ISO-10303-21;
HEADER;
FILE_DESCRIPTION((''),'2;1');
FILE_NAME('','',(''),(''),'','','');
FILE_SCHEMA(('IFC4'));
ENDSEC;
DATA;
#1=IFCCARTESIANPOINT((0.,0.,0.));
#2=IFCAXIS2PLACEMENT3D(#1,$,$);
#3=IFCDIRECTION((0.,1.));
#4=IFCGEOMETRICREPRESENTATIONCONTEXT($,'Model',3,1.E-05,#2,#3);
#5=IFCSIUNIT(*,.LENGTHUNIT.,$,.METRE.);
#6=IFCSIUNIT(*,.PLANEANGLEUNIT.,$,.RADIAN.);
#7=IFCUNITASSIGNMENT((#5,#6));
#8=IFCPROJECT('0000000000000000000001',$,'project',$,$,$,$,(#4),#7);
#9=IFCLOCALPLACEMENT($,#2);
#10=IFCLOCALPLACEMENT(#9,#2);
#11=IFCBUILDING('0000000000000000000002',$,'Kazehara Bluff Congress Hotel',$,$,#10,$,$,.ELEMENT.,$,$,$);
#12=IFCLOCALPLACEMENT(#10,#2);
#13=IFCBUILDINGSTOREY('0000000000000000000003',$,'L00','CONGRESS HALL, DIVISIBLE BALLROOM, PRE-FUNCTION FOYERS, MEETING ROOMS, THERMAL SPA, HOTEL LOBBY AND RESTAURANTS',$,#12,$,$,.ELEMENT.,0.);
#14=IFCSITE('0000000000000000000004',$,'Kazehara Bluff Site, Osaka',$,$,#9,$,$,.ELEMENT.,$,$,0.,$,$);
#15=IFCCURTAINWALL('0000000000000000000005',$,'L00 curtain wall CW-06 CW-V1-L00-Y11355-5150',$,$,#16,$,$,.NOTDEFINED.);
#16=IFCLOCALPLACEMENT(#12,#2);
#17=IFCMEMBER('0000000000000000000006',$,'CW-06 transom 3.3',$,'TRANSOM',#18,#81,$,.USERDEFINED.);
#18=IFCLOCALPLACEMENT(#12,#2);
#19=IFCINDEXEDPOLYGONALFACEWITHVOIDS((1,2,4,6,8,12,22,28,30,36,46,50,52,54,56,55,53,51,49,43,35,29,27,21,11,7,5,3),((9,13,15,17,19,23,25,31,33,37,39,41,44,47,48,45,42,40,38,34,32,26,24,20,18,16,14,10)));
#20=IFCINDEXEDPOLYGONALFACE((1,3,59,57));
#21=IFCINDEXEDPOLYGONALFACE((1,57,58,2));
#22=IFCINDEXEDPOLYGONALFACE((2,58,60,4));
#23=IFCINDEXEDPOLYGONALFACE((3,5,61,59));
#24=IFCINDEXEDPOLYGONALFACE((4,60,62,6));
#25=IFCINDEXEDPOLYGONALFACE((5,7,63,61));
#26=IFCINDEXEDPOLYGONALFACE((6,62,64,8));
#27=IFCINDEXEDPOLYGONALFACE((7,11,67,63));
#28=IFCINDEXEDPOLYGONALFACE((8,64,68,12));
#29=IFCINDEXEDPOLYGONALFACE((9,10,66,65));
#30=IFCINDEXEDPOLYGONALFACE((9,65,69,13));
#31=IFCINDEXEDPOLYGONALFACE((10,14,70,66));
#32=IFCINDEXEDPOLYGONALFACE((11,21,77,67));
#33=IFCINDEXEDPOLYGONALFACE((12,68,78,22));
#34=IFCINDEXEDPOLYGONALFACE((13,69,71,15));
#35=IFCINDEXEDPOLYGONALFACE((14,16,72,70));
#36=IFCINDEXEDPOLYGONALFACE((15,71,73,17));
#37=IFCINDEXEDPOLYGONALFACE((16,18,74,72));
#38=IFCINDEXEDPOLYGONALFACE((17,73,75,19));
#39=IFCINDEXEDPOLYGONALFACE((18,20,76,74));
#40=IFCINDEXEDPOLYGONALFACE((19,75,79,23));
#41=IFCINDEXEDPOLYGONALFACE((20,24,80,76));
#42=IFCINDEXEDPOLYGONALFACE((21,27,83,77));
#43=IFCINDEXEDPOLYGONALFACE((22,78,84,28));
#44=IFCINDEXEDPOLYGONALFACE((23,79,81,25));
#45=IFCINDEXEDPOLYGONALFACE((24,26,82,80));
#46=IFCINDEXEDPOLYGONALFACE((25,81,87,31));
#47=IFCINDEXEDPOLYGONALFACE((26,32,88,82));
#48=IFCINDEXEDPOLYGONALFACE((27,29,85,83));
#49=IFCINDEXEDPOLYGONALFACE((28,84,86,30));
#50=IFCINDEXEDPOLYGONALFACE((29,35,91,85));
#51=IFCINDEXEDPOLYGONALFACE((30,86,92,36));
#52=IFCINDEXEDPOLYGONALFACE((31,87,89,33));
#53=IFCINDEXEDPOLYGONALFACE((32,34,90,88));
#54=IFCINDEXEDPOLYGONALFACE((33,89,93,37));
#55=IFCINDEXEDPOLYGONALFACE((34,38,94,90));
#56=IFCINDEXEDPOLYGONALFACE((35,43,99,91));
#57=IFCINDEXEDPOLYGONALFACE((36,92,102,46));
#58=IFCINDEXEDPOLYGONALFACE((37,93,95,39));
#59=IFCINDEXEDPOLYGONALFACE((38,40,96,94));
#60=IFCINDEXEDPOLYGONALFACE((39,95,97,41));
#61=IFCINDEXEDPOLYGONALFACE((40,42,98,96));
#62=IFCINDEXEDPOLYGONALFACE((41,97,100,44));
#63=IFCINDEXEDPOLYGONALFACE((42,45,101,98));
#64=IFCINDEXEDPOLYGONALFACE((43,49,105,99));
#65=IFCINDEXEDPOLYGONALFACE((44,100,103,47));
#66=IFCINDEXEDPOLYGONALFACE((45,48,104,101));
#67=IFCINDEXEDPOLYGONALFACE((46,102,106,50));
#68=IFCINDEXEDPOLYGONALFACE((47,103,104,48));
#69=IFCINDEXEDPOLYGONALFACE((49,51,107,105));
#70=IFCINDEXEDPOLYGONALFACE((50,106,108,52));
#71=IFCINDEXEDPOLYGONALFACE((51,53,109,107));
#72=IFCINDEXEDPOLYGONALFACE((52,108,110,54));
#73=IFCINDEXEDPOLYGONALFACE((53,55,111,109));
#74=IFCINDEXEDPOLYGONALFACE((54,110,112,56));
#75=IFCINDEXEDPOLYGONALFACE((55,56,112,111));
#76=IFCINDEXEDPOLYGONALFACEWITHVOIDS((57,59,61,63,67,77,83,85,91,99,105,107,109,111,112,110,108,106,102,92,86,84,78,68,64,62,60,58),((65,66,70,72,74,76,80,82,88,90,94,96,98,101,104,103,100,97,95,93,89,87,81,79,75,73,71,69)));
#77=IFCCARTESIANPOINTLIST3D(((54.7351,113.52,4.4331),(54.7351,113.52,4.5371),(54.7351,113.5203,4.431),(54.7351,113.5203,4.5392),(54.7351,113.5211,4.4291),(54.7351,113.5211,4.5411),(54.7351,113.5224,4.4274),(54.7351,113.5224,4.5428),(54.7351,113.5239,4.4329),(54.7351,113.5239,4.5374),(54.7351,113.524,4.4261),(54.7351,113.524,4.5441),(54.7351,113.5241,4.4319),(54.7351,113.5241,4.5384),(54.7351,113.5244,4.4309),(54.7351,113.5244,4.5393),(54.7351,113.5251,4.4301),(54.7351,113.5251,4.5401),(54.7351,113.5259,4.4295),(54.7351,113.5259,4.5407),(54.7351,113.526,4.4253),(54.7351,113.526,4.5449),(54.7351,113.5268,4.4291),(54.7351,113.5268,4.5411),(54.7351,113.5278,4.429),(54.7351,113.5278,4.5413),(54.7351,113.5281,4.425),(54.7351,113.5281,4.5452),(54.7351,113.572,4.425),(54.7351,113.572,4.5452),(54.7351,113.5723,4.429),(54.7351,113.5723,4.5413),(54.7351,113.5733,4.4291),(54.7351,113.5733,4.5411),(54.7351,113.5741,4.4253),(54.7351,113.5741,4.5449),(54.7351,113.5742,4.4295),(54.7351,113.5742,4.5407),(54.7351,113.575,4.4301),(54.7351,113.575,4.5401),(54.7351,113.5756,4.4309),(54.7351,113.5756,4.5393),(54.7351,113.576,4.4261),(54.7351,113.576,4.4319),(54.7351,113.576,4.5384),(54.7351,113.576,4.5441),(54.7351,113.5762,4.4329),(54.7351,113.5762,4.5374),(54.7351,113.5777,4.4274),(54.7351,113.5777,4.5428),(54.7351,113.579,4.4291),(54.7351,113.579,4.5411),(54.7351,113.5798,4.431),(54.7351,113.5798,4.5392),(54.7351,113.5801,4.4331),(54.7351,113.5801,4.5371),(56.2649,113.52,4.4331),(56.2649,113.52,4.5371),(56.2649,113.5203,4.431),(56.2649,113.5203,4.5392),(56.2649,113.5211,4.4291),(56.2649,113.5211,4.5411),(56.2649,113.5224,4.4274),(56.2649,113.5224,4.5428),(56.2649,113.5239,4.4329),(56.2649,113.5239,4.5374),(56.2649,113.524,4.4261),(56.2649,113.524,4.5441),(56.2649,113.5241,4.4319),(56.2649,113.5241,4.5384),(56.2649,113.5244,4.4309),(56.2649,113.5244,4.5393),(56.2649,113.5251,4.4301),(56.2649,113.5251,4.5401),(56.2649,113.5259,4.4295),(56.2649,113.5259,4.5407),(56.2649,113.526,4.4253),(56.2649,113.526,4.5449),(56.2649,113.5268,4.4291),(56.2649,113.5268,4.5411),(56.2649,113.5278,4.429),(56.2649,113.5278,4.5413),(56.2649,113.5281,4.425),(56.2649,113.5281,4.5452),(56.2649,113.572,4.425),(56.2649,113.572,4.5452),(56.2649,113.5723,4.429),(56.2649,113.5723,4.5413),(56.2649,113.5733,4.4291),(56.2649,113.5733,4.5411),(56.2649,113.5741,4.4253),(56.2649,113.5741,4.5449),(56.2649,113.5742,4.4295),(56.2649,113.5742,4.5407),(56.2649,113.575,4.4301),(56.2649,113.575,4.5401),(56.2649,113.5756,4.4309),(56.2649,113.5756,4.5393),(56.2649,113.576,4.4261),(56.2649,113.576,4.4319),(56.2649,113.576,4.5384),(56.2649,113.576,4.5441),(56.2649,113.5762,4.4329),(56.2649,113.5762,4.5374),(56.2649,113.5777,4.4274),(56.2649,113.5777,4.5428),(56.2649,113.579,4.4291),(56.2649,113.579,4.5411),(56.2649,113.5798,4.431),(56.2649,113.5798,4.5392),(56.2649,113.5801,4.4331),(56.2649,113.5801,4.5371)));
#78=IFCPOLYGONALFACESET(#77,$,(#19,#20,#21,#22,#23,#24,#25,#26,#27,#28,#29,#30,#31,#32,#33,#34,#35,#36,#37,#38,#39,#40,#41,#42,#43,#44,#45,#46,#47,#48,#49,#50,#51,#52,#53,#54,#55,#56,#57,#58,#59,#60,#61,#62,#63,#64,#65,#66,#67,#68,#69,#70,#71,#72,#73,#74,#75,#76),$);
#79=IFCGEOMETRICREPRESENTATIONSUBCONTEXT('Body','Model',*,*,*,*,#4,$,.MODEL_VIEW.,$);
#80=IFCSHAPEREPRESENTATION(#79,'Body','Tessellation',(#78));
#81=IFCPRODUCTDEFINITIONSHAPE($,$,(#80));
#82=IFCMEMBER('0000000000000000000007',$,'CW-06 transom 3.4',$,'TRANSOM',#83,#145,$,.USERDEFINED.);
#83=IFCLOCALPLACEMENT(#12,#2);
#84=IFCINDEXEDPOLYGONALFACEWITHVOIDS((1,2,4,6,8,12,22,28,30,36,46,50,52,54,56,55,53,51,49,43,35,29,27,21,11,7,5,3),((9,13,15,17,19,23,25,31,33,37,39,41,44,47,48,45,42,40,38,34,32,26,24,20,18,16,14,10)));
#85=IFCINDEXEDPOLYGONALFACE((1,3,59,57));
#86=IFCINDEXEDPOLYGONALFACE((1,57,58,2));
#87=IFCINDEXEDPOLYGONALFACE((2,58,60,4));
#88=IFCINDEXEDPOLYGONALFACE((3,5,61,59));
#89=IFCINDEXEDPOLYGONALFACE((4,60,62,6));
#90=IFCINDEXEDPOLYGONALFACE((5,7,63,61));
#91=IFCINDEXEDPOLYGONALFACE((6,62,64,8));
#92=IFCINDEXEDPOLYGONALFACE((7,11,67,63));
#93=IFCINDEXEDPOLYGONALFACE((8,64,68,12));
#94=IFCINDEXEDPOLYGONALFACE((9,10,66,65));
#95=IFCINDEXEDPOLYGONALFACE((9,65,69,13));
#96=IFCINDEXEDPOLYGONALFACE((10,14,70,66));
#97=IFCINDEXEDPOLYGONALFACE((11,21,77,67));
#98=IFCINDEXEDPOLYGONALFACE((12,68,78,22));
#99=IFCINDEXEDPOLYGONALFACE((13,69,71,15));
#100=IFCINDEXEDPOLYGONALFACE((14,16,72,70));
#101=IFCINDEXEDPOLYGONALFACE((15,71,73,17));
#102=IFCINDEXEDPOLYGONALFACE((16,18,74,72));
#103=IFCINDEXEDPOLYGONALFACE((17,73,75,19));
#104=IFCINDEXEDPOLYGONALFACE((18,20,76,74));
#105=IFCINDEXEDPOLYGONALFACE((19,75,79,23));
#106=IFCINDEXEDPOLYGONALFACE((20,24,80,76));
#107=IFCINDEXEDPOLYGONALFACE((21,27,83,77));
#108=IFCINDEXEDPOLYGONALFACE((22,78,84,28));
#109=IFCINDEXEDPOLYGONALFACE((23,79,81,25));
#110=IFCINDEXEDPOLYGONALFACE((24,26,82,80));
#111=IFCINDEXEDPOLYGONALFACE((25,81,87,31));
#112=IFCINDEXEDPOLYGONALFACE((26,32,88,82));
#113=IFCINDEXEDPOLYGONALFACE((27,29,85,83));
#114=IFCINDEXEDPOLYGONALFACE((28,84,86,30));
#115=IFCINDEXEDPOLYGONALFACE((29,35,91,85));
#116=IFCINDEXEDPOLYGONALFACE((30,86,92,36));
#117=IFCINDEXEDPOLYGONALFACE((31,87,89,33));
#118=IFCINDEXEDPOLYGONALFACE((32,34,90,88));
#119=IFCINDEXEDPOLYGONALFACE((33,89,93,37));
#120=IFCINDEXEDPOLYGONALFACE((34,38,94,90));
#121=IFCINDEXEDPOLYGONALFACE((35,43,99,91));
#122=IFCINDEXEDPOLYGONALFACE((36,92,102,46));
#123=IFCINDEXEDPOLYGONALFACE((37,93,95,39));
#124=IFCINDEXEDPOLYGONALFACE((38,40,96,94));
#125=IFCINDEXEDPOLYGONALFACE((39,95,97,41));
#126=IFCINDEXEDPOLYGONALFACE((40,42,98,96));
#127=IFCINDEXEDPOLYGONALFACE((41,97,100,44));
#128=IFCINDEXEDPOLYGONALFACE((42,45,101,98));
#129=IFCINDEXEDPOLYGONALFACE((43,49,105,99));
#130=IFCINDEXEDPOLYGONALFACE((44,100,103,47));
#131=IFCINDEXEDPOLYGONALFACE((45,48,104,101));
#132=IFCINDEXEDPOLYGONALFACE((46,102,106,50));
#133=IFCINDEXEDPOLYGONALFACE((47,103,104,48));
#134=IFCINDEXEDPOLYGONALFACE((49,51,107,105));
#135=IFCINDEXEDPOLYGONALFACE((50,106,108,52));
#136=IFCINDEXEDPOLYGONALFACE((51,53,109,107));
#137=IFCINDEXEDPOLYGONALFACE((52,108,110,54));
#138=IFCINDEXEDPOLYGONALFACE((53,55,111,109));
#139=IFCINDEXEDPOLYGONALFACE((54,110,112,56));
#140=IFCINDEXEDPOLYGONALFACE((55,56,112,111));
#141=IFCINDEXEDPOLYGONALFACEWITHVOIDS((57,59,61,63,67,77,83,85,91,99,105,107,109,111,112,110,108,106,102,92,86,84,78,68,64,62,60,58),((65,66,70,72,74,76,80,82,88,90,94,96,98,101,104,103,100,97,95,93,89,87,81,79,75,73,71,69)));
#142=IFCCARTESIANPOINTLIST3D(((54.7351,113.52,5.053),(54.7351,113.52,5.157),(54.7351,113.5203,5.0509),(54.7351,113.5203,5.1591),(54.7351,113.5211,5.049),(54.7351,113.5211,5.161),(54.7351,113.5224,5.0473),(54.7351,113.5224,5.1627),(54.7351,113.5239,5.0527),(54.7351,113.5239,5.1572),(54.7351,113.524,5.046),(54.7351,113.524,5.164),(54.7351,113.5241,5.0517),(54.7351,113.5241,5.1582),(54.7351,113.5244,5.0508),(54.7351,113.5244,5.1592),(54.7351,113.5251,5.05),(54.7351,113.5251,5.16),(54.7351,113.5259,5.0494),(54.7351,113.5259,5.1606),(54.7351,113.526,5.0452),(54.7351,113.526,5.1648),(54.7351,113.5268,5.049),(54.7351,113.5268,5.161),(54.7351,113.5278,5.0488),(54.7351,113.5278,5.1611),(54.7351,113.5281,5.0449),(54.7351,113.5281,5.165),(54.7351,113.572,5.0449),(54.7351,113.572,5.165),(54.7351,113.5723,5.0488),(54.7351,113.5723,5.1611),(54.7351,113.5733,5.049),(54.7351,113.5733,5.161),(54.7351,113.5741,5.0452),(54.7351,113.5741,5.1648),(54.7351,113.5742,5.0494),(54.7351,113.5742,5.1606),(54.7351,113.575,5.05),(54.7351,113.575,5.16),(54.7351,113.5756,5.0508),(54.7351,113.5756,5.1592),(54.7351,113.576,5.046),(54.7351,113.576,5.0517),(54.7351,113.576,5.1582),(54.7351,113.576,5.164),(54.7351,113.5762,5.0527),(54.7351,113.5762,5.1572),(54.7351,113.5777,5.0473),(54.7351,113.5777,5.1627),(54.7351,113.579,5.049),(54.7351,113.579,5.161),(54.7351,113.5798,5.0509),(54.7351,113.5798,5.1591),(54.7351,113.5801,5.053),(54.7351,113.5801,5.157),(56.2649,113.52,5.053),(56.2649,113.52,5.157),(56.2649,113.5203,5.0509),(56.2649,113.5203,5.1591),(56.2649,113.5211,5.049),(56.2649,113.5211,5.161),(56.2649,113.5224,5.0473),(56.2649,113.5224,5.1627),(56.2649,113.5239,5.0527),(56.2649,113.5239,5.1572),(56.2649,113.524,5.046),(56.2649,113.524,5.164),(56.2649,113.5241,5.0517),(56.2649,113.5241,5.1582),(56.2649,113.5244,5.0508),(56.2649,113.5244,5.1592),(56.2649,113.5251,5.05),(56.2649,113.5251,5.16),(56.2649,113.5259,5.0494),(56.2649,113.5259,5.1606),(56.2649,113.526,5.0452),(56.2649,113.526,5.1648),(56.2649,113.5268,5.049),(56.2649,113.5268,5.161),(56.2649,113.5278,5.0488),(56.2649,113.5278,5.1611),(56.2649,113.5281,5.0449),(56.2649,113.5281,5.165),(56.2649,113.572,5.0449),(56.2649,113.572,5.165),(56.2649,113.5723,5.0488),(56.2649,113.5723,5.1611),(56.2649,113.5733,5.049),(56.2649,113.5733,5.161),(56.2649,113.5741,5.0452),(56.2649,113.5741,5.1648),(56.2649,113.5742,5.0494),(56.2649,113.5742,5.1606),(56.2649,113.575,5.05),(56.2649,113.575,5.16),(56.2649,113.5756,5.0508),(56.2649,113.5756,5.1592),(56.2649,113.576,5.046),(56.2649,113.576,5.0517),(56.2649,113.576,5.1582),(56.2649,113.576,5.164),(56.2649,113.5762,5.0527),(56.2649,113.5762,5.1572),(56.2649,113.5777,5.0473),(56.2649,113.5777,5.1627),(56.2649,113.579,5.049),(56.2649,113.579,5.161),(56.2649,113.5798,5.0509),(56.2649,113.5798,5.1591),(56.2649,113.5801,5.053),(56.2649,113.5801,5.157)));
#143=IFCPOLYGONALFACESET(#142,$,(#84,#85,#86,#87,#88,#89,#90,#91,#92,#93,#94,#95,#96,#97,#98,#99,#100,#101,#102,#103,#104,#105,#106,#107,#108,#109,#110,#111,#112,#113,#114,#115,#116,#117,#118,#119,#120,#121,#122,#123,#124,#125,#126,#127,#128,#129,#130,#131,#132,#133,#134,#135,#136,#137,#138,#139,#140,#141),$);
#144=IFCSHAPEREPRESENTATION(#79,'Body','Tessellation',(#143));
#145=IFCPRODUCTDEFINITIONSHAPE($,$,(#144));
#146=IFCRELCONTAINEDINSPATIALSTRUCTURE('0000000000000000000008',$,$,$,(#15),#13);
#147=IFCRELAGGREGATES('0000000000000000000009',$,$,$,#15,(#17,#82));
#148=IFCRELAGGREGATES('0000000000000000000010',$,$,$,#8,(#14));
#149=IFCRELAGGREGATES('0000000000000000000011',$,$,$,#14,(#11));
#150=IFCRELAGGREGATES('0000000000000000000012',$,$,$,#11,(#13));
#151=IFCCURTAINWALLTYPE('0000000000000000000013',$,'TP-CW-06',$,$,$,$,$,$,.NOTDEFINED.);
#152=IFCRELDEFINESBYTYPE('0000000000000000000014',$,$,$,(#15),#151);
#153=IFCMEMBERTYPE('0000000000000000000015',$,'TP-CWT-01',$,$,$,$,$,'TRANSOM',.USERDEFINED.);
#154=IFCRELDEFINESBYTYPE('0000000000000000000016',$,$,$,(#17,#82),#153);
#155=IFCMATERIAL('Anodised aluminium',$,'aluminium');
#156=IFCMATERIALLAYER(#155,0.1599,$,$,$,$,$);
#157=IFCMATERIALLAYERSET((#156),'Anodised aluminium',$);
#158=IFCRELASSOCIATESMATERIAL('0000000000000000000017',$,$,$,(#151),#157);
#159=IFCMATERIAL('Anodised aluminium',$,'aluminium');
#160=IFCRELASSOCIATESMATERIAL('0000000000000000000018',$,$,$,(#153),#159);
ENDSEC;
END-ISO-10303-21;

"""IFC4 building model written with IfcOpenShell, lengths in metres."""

from ifc_helpers import new_model, si_unit, direction, frame, origin, origin_2d, place, context, subcontext, project, spatial, hollow_rectangle, extrude, material, layer, layer_set, material_profile, profile_set, type_object, element, aggregate, save


model = new_model("IFC4")

# Units and contexts
model_context = context("Model", 3, precision=1e-05, world=origin(), true_north=direction((0.0, 1.0)))
body_context = subcontext(model_context, "Body", "Model", "MODEL_VIEW")
ifc_project = project(units=[si_unit("LENGTHUNIT", "METRE"), si_unit("PLANEANGLEUNIT", "RADIAN")], contexts=[model_context])

# Site, building, storey
site_placement = place(None, origin())
site = spatial("IfcSite", under=ifc_project, at=site_placement, Name="Kazehara Bluff Site, Osaka", CompositionType="ELEMENT", RefElevation=0.0)
building_placement = place(site_placement, origin())
building = spatial("IfcBuilding", under=site, at=building_placement, Name="Kazehara Bluff Congress Hotel", CompositionType="ELEMENT")
storey_placement = place(building_placement, origin())
storey = spatial("IfcBuildingStorey", under=building, at=storey_placement, Name="L00", Description="CONGRESS HALL, DIVISIBLE BALLROOM, PRE-FUNCTION FOYERS, MEETING ROOMS, THERMAL SPA, HOTEL LOBBY AND RESTAURANTS", CompositionType="ELEMENT", Elevation=0.0)

# Curtain wall, members
ifc_material_1 = material(Name="Anodised aluminium", Category="aluminium")
ifc_layer_1 = layer(ifc_material_1, 0.1599)
ifc_layer_set_1 = layer_set([ifc_layer_1], Name="Anodised aluminium")
curtain_wall_type = type_object("IfcCurtainWallType", Name="TP-CW-06", PredefinedType="NOTDEFINED", material=ifc_layer_set_1)
curtain_wall_placement = place(storey_placement, origin())
curtain_wall = element("IfcCurtainWall", 1, at=curtain_wall_placement, inside=storey, type_object=curtain_wall_type, Name="L00 curtain wall CW-06 CW-V1-L00-Y11355-5150", PredefinedType="NOTDEFINED")
ifc_material_2 = material(Name="Anodised aluminium", Category="aluminium")
ifc_material_profile_1 = material_profile(ifc_material_2, hollow_rectangle(XDim=0.0601, YDim=0.1201, WallThickness=0.0039, InnerFilletRadius=0.0039, OuterFilletRadius=0.0081, at=origin_2d()))
ifc_profile_set_1 = profile_set([ifc_material_profile_1], Name="Anodised aluminium")
member_type_1 = type_object("IfcMemberType", Name="TP-CWT-01", ElementType="TRANSOM", PredefinedType="USERDEFINED", material=ifc_profile_set_1)
member_1_placement = place(storey_placement, frame((54.7351, 113.55, 4.4851), z_axis=(1.0, 0.0, 0.0), x_axis=(0.0, 1.0, 0.0)))
member_1 = element("IfcMember", 2, at=member_1_placement, type_object=member_type_1, Name="CW-06 transom 3.3", ObjectType="TRANSOM", PredefinedType="USERDEFINED", context=body_context, shape_type="SweptSolid", body=[
    extrude(hollow_rectangle(XDim=0.0601, YDim=0.1201, WallThickness=0.0039, InnerFilletRadius=0.0039, OuterFilletRadius=0.0081, at=origin_2d()), origin(), (0.0, 0.0, 1.0), 1.5298),
])
member_2_placement = place(storey_placement, frame((54.7351, 113.55, 5.105), z_axis=(1.0, 0.0, 0.0), x_axis=(0.0, 1.0, 0.0)))
member_2 = element("IfcMember", 3, at=member_2_placement, type_object=member_type_1, Name="CW-06 transom 3.4", ObjectType="TRANSOM", PredefinedType="USERDEFINED", context=body_context, shape_type="SweptSolid", body=[
    extrude(hollow_rectangle(XDim=0.0601, YDim=0.1201, WallThickness=0.0039, InnerFilletRadius=0.0039, OuterFilletRadius=0.0081, at=origin_2d()), origin(), (0.0, 0.0, 1.0), 1.5298),
])
aggregate(curtain_wall, [member_1, member_2])

save(model, "model.ifc")
